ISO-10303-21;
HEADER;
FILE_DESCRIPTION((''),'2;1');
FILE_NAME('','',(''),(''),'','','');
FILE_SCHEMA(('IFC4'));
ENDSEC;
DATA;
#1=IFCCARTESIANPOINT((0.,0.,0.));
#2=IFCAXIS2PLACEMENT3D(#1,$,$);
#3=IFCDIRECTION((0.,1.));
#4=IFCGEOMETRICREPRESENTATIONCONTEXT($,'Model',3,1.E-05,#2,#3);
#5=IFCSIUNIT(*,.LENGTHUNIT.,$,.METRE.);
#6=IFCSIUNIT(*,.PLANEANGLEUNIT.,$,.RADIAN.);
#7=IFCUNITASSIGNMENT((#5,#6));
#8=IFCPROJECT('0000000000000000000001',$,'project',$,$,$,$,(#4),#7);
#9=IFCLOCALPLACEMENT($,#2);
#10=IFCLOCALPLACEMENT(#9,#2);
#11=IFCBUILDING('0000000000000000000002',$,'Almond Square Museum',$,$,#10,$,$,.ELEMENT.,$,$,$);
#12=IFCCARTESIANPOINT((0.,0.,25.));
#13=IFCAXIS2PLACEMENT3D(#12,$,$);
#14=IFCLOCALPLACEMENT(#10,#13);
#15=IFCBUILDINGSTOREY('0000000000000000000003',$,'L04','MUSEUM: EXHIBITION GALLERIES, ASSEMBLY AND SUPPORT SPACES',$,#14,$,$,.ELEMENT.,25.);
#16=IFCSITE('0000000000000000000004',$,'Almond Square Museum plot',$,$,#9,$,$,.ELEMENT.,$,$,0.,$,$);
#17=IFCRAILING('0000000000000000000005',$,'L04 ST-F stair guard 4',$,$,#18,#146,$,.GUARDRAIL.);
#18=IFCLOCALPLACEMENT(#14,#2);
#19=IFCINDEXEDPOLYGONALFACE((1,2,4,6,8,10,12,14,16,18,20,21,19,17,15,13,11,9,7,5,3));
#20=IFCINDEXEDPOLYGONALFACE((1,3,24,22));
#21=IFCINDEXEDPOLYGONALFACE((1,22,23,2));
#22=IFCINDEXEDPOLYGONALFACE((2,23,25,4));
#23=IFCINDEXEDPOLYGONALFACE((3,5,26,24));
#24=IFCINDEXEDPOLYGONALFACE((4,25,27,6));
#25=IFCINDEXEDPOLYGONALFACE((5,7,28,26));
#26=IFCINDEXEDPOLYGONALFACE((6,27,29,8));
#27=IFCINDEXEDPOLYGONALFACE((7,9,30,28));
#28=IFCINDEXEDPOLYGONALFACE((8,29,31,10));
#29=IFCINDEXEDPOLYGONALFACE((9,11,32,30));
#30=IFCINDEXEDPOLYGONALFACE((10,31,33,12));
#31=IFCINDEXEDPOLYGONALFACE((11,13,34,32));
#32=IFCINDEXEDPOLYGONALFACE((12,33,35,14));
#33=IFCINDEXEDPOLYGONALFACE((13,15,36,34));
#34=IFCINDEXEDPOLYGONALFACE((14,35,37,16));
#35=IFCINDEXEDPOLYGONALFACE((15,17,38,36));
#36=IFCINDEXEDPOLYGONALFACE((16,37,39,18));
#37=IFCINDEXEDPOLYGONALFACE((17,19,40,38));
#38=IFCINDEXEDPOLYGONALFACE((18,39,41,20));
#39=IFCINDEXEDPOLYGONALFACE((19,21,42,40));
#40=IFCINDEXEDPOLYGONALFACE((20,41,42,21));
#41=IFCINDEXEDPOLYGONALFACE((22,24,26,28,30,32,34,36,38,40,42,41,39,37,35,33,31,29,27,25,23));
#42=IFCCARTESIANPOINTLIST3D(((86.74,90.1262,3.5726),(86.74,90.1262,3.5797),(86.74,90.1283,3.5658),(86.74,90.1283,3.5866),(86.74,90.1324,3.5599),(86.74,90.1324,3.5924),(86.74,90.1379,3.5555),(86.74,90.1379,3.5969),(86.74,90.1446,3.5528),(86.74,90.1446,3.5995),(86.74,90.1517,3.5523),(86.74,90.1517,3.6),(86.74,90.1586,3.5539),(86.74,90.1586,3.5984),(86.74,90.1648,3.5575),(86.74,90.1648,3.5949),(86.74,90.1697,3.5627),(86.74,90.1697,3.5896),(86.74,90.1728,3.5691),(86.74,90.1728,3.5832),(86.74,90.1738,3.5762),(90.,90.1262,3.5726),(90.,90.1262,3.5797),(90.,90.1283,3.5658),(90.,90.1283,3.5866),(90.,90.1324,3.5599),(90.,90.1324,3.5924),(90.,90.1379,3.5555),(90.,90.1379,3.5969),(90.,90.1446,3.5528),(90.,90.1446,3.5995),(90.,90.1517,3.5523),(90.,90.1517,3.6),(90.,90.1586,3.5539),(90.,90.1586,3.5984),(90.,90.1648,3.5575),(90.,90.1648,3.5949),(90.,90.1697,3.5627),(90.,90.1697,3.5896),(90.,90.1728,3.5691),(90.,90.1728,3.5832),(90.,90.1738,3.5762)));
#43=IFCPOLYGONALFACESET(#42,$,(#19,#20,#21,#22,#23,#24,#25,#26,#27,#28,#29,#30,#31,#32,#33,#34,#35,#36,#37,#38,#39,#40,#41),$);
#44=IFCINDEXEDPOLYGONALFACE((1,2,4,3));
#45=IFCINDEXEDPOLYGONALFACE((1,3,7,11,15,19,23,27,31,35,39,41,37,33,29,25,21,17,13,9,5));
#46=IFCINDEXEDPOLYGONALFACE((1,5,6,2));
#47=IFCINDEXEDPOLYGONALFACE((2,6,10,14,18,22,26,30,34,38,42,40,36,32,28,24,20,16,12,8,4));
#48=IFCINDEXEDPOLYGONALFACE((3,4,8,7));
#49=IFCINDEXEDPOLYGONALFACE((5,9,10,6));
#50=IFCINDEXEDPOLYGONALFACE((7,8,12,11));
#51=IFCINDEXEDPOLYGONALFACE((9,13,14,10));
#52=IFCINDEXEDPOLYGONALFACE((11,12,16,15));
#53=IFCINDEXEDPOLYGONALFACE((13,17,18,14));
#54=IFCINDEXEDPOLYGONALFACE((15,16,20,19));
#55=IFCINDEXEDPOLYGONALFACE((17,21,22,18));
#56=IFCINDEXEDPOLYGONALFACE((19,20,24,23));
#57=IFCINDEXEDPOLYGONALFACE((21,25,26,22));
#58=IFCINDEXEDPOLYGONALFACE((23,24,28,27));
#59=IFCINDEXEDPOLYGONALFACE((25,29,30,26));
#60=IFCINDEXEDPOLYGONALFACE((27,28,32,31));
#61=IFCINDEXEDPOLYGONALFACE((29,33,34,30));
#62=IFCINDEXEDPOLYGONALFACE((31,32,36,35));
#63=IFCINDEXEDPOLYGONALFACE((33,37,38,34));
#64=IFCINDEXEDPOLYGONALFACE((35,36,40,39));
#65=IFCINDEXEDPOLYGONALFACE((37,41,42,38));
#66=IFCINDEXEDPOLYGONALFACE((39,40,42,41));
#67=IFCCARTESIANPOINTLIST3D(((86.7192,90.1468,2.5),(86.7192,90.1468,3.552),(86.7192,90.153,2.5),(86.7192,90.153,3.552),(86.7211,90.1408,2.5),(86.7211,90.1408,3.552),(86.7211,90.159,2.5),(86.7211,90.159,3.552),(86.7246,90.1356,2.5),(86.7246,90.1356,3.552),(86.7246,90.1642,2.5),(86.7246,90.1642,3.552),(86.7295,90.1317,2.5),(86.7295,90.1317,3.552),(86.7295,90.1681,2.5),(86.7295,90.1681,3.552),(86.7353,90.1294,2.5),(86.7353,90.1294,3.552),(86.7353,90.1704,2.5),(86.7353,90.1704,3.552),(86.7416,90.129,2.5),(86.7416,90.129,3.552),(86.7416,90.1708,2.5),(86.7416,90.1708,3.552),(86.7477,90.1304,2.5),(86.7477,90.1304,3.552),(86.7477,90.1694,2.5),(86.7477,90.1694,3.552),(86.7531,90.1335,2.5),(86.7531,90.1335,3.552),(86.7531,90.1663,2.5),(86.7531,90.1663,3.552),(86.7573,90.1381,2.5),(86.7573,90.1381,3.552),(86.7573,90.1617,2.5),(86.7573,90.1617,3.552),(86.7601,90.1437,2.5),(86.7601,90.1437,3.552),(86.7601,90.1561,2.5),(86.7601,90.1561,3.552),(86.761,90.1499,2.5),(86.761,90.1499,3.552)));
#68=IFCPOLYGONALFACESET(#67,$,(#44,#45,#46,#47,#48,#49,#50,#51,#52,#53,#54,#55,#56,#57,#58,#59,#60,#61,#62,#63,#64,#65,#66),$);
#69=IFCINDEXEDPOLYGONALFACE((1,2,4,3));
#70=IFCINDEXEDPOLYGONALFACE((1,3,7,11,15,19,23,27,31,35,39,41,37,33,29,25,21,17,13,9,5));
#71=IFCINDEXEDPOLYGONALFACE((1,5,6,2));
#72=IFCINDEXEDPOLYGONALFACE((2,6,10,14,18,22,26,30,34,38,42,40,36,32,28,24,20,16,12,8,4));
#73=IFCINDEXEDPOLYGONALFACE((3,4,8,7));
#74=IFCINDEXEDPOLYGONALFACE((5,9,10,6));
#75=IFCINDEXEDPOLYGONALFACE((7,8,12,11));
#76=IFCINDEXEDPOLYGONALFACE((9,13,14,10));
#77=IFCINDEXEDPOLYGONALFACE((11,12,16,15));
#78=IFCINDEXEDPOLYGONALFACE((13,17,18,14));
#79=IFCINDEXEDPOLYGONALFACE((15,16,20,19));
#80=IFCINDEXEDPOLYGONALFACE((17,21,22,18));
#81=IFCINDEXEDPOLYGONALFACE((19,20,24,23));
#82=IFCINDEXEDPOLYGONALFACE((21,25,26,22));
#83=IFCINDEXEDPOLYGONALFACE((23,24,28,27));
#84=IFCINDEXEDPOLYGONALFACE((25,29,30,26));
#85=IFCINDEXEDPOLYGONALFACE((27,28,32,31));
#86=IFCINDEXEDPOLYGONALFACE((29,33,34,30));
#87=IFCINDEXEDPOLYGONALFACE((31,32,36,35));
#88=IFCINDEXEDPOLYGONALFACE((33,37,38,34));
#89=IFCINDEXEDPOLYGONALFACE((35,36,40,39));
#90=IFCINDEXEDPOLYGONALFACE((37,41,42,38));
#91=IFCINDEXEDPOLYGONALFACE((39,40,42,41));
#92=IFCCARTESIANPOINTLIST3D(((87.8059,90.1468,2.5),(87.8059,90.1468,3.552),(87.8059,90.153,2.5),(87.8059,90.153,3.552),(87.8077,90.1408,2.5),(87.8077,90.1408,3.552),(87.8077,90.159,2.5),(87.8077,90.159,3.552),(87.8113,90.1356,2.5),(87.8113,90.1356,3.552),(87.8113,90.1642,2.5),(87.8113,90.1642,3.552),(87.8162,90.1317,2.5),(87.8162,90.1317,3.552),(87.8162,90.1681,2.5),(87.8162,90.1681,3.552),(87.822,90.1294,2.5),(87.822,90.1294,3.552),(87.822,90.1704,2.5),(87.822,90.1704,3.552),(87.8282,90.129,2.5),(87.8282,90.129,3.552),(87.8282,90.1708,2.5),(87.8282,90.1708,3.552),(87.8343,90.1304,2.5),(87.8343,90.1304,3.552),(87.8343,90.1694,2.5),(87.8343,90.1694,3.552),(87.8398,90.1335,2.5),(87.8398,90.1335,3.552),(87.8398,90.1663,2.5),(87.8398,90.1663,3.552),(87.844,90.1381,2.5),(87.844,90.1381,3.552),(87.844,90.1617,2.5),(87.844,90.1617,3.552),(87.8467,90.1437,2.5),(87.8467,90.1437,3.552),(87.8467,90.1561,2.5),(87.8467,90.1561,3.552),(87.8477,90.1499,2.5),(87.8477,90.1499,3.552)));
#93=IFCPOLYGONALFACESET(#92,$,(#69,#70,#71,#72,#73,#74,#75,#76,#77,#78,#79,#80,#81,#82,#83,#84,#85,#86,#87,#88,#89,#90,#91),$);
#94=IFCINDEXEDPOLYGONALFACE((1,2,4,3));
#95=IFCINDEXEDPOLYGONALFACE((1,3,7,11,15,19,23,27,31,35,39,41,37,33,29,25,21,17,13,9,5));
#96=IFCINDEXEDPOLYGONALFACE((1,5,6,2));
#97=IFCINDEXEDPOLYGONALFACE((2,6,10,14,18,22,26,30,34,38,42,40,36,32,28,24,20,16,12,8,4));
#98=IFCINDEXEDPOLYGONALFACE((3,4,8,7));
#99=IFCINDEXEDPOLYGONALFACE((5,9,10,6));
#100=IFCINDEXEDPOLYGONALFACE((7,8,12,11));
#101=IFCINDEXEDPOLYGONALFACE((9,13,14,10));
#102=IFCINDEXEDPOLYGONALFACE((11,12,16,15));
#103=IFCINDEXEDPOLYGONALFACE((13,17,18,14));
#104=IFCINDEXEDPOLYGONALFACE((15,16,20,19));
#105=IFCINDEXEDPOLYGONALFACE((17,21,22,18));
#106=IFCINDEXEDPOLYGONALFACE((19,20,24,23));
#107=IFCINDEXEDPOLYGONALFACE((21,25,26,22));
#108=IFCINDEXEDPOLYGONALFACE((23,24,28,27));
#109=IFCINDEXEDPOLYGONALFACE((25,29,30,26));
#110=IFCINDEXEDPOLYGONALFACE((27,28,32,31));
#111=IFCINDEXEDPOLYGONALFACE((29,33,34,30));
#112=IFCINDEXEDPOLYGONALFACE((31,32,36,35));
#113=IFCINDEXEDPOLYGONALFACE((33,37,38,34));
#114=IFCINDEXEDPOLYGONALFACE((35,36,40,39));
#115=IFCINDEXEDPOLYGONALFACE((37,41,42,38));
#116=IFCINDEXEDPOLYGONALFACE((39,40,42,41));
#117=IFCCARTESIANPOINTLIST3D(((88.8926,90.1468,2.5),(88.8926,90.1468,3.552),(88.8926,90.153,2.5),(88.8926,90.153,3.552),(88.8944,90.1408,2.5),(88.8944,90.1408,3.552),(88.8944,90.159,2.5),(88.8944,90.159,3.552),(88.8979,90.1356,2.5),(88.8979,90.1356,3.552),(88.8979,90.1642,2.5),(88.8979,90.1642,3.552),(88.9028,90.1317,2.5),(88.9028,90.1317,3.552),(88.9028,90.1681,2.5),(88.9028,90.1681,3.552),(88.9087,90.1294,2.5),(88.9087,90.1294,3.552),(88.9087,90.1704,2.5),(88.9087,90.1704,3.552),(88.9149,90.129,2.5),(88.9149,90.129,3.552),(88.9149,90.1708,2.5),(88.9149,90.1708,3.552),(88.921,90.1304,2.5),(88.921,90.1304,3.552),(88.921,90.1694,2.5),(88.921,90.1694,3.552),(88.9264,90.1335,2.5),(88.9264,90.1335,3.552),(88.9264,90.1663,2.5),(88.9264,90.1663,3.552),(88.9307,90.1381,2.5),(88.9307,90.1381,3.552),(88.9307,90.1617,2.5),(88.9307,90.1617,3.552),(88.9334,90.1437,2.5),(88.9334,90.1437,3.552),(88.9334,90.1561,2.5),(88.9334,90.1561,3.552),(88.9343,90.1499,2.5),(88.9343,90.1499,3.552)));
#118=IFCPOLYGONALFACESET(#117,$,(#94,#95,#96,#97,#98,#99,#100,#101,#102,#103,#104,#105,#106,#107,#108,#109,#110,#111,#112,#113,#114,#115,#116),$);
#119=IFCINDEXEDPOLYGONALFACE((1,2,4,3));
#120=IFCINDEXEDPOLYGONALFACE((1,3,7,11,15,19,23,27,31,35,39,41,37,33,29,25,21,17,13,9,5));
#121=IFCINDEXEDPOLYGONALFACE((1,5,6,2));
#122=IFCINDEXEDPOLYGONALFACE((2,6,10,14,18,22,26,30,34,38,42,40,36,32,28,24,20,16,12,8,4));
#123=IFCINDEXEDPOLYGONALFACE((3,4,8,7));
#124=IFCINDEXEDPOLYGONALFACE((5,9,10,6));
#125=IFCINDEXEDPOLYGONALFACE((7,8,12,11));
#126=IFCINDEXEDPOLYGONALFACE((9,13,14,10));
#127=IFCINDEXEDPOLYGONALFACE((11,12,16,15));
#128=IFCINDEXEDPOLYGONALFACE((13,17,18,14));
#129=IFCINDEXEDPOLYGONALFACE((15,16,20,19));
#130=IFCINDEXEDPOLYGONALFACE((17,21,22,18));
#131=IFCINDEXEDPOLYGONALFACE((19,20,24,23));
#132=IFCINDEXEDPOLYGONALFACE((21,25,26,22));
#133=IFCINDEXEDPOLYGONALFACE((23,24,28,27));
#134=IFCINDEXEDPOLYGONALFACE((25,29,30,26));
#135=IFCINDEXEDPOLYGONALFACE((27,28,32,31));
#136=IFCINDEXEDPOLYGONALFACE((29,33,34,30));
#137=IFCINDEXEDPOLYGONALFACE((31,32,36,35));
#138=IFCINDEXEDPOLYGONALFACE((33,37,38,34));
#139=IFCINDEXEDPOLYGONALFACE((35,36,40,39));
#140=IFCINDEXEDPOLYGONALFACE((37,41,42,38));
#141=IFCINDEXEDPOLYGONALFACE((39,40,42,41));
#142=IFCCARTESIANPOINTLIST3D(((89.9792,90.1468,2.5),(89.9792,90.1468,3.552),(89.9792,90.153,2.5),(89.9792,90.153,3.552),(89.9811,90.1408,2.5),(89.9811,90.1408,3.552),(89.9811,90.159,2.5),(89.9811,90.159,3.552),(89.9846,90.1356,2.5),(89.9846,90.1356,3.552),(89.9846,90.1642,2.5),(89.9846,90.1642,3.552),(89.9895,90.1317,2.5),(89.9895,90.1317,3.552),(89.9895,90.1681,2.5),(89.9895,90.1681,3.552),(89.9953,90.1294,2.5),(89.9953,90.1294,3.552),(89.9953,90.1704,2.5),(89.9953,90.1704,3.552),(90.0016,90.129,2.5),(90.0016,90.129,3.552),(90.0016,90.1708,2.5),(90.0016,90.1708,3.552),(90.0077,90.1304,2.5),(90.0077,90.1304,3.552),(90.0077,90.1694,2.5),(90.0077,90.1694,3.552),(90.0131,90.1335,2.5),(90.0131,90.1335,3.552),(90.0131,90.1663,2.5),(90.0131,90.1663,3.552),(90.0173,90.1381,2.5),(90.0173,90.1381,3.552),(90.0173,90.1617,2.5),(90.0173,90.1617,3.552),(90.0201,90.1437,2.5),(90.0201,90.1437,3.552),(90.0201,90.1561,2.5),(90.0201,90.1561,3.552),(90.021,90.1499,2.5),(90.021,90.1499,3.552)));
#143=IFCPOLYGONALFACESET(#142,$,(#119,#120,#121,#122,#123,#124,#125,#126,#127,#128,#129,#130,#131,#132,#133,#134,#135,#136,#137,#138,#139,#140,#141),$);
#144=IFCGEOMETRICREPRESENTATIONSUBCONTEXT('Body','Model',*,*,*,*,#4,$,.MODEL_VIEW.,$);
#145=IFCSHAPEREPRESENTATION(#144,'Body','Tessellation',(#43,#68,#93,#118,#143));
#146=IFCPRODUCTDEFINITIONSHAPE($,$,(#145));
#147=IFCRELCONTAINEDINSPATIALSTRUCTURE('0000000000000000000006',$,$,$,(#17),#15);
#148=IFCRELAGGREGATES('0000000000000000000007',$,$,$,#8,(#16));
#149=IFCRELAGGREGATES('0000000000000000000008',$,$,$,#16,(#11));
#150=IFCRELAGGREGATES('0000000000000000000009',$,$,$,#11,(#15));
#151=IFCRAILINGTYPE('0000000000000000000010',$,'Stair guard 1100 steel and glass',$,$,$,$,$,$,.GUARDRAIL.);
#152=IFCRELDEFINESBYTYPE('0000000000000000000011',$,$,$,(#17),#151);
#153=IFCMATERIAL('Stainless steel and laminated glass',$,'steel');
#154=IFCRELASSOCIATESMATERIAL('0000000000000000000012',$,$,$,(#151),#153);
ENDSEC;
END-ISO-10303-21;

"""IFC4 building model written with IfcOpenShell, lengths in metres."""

from ifc_helpers import new_model, si_unit, direction, frame, origin, origin_2d, place, context, subcontext, project, spatial, circle, extrude, material, type_object, element, save


model = new_model("IFC4")

# Units and contexts
model_context = context("Model", 3, precision=1e-05, world=origin(), true_north=direction((0.0, 1.0)))
body_context = subcontext(model_context, "Body", "Model", "MODEL_VIEW")
ifc_project = project(units=[si_unit("LENGTHUNIT", "METRE"), si_unit("PLANEANGLEUNIT", "RADIAN")], contexts=[model_context])

# Site, building, storey
site_placement = place(None, origin())
site = spatial("IfcSite", under=ifc_project, at=site_placement, Name="Almond Square Museum plot", CompositionType="ELEMENT", RefElevation=0.0)
building_placement = place(site_placement, origin())
building = spatial("IfcBuilding", under=site, at=building_placement, Name="Almond Square Museum", CompositionType="ELEMENT")
storey_placement = place(building_placement, frame((0.0, 0.0, 25.0)))
storey = spatial("IfcBuildingStorey", under=building, at=storey_placement, Name="L04", Description="MUSEUM: EXHIBITION GALLERIES, ASSEMBLY AND SUPPORT SPACES", CompositionType="ELEMENT", Elevation=25.0)

# Railing
ifc_material_1 = material(Name="Stainless steel and laminated glass", Category="steel")
railing_type_1 = type_object("IfcRailingType", Name="Stair guard 1100 steel and glass", PredefinedType="GUARDRAIL", material=ifc_material_1)
for number, where, name in (
    (1, (86.74, 90.1499, 2.5), "L04 ST-F stair guard 4"),
):
    element("IfcRailing", number, at=place(storey_placement, frame(where)), inside=storey, type_object=railing_type_1, Name=name, PredefinedType="GUARDRAIL", context=body_context, shape_type="SweptSolid", body=[
        extrude(circle(Radius=0.0239, at=origin_2d()), frame((0.0, 0.0, 1.0762), z_axis=(1.0, 0.0, 0.0), x_axis=(0.0, 1.0, 0.0)), (0.0, 0.0, 1.0), 3.26),
        extrude(circle(Radius=0.021, at=origin_2d()), origin(), (0.0, 0.0, 1.0), 1.052),
        extrude(circle(Radius=0.021, at=origin_2d()), frame((1.0867, 0.0, 0.0)), (0.0, 0.0, 1.0), 1.052),
        extrude(circle(Radius=0.021, at=origin_2d()), frame((2.1733, 0.0, 0.0)), (0.0, 0.0, 1.0), 1.052),
        extrude(circle(Radius=0.021, at=origin_2d()), frame((3.26, 0.0, 0.0)), (0.0, 0.0, 1.0), 1.052),
    ])

save(model, "model.ifc")
